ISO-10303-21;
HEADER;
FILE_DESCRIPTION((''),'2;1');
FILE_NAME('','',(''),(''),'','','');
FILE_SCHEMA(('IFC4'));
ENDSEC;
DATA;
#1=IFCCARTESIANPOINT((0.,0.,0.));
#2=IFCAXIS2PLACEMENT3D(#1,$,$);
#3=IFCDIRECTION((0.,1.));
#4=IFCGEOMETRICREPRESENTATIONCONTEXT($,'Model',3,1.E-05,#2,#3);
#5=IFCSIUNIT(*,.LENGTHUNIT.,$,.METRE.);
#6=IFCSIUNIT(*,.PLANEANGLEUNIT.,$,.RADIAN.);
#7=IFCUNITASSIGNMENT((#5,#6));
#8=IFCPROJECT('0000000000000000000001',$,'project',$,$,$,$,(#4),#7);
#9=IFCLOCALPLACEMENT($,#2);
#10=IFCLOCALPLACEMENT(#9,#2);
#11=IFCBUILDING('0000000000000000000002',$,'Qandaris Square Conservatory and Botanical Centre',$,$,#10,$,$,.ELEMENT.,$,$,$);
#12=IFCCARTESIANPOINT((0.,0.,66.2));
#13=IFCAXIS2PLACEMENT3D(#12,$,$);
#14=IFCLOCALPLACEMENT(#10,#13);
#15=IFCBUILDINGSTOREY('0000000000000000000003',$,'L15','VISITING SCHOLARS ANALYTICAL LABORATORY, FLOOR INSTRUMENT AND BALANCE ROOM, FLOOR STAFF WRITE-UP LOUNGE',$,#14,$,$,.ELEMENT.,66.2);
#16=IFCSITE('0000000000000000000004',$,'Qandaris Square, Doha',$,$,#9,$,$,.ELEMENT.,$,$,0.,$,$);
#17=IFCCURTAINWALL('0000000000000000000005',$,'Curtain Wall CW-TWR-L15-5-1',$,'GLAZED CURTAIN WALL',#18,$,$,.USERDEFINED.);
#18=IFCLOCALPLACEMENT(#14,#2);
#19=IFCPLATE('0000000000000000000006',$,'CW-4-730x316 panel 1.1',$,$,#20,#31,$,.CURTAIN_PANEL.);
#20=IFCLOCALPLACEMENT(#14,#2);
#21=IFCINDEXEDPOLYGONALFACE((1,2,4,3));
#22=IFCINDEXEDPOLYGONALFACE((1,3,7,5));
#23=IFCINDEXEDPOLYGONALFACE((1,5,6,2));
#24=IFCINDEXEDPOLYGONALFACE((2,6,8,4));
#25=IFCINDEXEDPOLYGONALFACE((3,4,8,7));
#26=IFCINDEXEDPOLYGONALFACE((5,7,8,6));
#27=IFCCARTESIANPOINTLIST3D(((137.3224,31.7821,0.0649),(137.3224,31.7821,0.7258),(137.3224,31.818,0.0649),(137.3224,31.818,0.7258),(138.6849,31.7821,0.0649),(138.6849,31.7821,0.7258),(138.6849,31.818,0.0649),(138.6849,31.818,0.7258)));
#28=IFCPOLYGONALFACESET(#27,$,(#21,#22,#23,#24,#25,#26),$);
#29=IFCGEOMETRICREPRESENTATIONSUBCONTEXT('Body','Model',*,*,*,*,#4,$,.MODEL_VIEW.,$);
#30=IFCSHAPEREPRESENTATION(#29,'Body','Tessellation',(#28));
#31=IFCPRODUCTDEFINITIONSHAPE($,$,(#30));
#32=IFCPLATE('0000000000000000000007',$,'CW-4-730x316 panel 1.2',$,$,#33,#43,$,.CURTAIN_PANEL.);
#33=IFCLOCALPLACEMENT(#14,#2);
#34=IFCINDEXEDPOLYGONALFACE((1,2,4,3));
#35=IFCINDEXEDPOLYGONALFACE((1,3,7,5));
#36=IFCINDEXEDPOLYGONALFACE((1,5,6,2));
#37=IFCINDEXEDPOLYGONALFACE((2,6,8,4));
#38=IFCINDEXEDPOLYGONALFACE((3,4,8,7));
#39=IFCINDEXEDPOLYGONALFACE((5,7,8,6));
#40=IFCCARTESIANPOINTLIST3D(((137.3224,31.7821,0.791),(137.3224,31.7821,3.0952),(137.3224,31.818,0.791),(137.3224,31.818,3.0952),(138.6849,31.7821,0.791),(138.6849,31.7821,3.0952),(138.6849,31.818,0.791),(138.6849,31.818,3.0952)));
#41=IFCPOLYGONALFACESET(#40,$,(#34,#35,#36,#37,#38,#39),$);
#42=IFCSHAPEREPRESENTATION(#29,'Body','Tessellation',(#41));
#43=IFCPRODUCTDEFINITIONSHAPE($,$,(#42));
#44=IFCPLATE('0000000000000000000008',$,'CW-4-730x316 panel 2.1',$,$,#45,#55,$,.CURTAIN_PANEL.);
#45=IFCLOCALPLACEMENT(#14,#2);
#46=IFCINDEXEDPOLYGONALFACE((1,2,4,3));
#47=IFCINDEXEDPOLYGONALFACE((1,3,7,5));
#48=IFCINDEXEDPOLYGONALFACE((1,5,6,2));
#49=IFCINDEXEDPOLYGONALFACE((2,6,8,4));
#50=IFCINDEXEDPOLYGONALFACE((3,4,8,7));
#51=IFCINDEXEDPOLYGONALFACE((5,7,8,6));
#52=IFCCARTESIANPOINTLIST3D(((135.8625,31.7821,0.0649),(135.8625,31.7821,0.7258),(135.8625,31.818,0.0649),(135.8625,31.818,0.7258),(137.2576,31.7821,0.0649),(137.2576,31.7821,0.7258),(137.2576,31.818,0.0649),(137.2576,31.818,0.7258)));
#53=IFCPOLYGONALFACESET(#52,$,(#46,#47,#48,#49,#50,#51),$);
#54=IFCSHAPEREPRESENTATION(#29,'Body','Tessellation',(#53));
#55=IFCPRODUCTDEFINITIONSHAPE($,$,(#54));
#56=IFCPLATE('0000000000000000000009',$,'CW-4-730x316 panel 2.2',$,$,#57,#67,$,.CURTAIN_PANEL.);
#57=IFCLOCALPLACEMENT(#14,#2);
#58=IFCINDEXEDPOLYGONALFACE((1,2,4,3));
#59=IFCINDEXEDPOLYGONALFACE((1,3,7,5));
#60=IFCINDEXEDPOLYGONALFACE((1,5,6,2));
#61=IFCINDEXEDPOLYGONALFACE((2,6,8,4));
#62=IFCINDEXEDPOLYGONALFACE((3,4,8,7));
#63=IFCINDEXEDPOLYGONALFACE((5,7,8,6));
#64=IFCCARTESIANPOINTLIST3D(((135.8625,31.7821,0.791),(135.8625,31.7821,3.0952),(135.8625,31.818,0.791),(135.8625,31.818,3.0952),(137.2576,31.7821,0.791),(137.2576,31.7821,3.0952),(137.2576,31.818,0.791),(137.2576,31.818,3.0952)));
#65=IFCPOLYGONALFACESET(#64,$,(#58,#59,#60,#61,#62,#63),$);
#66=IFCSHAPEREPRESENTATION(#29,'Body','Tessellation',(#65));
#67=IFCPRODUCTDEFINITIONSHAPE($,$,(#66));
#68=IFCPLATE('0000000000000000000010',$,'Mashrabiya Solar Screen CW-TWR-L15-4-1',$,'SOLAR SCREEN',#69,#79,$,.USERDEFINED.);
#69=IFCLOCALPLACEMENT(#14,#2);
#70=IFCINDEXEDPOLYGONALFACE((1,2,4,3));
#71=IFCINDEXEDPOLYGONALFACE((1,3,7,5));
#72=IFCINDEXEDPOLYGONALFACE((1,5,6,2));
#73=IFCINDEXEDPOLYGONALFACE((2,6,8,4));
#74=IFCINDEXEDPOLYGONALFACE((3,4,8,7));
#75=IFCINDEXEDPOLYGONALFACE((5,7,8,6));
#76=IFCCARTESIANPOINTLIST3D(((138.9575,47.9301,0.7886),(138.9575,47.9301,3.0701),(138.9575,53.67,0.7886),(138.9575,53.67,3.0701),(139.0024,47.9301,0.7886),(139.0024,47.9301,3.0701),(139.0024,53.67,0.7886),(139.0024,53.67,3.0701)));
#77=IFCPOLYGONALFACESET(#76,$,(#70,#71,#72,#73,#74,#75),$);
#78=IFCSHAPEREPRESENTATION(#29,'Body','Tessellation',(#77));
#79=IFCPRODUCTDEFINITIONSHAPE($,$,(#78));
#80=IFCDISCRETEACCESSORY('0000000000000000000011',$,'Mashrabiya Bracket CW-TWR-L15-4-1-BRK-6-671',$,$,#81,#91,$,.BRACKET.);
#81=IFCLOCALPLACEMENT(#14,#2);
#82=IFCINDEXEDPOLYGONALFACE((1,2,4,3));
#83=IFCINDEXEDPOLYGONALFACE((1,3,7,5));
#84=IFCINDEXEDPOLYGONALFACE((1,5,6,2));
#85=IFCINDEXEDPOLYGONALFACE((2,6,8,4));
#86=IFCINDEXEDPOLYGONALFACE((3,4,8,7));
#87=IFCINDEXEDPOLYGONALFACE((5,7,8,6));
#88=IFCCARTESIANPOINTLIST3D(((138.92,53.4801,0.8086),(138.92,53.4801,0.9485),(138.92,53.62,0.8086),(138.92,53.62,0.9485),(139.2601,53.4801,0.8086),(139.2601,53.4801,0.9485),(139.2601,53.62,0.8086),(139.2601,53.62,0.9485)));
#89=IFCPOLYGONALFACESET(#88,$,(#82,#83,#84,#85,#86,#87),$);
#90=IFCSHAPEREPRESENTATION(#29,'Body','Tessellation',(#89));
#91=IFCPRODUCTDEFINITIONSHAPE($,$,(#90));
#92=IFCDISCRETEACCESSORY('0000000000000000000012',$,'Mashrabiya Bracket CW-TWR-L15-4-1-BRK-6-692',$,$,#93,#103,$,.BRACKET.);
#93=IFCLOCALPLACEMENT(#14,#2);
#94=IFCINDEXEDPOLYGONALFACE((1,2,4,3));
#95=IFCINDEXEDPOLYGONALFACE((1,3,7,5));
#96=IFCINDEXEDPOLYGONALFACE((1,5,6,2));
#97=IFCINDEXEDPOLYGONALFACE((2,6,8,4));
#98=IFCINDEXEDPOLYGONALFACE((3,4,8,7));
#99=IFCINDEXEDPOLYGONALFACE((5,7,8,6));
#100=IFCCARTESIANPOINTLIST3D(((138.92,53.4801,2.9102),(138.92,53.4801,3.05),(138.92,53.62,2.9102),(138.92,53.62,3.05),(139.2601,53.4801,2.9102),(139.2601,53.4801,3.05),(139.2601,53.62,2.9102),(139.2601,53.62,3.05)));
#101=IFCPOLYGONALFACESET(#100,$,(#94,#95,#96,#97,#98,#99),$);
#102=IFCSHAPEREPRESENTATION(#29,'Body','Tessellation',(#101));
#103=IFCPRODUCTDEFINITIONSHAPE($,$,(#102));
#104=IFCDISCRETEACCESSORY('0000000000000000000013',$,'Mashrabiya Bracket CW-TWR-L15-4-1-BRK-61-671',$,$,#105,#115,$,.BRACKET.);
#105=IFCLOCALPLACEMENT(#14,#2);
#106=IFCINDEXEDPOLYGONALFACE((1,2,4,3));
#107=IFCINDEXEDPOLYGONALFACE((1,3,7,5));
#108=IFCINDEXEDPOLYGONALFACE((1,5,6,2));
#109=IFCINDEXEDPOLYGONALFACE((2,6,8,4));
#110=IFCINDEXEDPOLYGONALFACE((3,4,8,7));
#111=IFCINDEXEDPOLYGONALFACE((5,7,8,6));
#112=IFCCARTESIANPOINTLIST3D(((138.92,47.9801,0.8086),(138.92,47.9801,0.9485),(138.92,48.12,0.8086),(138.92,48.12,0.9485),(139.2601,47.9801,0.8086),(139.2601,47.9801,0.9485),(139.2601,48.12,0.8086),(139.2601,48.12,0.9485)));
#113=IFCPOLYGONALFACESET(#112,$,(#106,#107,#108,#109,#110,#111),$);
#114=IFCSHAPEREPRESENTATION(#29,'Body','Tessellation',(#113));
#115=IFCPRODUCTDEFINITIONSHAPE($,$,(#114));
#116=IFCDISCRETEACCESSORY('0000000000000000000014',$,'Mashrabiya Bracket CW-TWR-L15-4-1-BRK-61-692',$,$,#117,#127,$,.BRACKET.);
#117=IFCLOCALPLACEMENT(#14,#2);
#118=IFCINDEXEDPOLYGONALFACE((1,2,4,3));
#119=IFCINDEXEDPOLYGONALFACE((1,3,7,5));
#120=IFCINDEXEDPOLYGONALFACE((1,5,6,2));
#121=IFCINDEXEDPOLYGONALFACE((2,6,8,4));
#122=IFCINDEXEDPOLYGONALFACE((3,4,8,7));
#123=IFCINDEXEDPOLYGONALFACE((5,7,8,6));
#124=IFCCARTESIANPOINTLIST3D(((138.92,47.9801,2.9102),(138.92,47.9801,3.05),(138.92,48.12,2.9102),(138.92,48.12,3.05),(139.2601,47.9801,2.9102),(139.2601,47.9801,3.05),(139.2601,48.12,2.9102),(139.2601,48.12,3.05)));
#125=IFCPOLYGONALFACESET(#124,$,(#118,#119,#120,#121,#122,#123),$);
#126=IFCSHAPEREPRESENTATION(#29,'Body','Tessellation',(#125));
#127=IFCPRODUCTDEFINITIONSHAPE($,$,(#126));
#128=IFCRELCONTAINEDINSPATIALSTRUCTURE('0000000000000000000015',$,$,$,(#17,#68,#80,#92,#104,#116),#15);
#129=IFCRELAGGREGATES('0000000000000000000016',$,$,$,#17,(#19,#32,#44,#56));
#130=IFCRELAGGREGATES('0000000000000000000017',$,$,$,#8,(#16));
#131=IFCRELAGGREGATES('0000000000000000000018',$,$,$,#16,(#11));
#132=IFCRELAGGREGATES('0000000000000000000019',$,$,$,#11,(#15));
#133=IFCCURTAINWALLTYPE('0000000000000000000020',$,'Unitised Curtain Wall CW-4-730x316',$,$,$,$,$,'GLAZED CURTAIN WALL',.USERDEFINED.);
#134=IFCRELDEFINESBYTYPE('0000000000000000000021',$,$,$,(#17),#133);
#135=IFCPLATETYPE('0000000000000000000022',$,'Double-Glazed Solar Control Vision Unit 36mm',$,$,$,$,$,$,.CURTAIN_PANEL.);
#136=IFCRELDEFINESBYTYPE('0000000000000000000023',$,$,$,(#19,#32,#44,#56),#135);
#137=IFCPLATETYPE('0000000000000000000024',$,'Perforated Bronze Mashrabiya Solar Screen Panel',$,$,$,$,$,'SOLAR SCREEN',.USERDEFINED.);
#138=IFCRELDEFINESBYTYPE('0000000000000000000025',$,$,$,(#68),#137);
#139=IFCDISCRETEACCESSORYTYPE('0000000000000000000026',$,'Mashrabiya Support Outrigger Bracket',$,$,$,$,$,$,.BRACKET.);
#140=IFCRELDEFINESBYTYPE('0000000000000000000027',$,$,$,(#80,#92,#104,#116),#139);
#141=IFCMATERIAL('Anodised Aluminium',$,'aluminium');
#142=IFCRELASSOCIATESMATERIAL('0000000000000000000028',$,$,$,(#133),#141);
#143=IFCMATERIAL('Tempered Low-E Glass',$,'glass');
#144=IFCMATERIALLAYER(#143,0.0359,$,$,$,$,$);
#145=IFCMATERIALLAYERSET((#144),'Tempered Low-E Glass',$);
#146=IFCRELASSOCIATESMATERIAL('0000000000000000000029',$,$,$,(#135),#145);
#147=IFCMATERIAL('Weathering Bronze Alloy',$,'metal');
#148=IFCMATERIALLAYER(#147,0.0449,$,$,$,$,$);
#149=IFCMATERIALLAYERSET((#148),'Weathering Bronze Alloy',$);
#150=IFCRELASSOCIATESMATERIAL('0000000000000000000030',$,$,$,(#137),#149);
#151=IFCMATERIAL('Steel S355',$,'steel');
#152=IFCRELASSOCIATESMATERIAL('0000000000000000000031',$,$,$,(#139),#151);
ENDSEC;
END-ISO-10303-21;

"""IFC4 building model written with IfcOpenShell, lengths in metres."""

from ifc_helpers import new_model, si_unit, direction, frame, origin, origin_2d, place, context, subcontext, project, spatial, rectangle, extrude, material, layer, layer_set, type_object, element, aggregate, save


model = new_model("IFC4")

# Units and contexts
model_context = context("Model", 3, precision=1e-05, world=origin(), true_north=direction((0.0, 1.0)))
body_context = subcontext(model_context, "Body", "Model", "MODEL_VIEW")
ifc_project = project(units=[si_unit("LENGTHUNIT", "METRE"), si_unit("PLANEANGLEUNIT", "RADIAN")], contexts=[model_context])

# Site, building, storey
site_placement = place(None, origin())
site = spatial("IfcSite", under=ifc_project, at=site_placement, Name="Qandaris Square, Doha", CompositionType="ELEMENT", RefElevation=0.0)
building_placement = place(site_placement, origin())
building = spatial("IfcBuilding", under=site, at=building_placement, Name="Qandaris Square Conservatory and Botanical Centre", CompositionType="ELEMENT")
storey_placement = place(building_placement, frame((0.0, 0.0, 66.2)))
storey = spatial("IfcBuildingStorey", under=building, at=storey_placement, Name="L15", Description="VISITING SCHOLARS ANALYTICAL LABORATORY, FLOOR INSTRUMENT AND BALANCE ROOM, FLOOR STAFF WRITE-UP LOUNGE", CompositionType="ELEMENT", Elevation=66.2)

# Curtain wall, plates
ifc_material_1 = material(Name="Anodised Aluminium", Category="aluminium")
curtain_wall_type = type_object("IfcCurtainWallType", Name="Unitised Curtain Wall CW-4-730x316", ElementType="GLAZED CURTAIN WALL", PredefinedType="USERDEFINED", material=ifc_material_1)
curtain_wall_placement = place(storey_placement, origin())
curtain_wall = element("IfcCurtainWall", 1, at=curtain_wall_placement, inside=storey, type_object=curtain_wall_type, Name="Curtain Wall CW-TWR-L15-5-1", ObjectType="GLAZED CURTAIN WALL", PredefinedType="USERDEFINED")
ifc_material_2 = material(Name="Tempered Low-E Glass", Category="glass")
ifc_layer_1 = layer(ifc_material_2, 0.0359)
ifc_layer_set_1 = layer_set([ifc_layer_1], Name="Tempered Low-E Glass")
plate_type_1 = type_object("IfcPlateType", Name="Double-Glazed Solar Control Vision Unit 36mm", PredefinedType="CURTAIN_PANEL", material=ifc_layer_set_1)
plate_1_placement = place(storey_placement, frame((138.0037, 31.8, 0.0649), z_axis=(0.0, 0.0, 1.0), x_axis=(-1.0, 0.0, 0.0)))
plate_1 = element("IfcPlate", 2, at=plate_1_placement, type_object=plate_type_1, Name="CW-4-730x316 panel 1.1", PredefinedType="CURTAIN_PANEL", context=body_context, shape_type="SweptSolid", body=[
    extrude(rectangle(XDim=1.3625, YDim=0.0359, at=origin_2d()), origin(), (0.0, 0.0, 1.0), 0.6609),
])
plate_2_placement = place(storey_placement, frame((138.0037, 31.8, 0.791), z_axis=(0.0, 0.0, 1.0), x_axis=(-1.0, 0.0, 0.0)))
plate_2 = element("IfcPlate", 3, at=plate_2_placement, type_object=plate_type_1, Name="CW-4-730x316 panel 1.2", PredefinedType="CURTAIN_PANEL", context=body_context, shape_type="SweptSolid", body=[
    extrude(rectangle(XDim=1.3625, YDim=0.0359, at=origin_2d()), origin(), (0.0, 0.0, 1.0), 2.3042),
])
plate_3_placement = place(storey_placement, frame((136.5601, 31.8, 0.0649), z_axis=(0.0, 0.0, 1.0), x_axis=(-1.0, 0.0, 0.0)))
plate_3 = element("IfcPlate", 4, at=plate_3_placement, type_object=plate_type_1, Name="CW-4-730x316 panel 2.1", PredefinedType="CURTAIN_PANEL", context=body_context, shape_type="SweptSolid", body=[
    extrude(rectangle(XDim=1.395, YDim=0.0359, at=origin_2d()), origin(), (0.0, 0.0, 1.0), 0.6609),
])
plate_4_placement = place(storey_placement, frame((136.5601, 31.8, 0.791), z_axis=(0.0, 0.0, 1.0), x_axis=(-1.0, 0.0, 0.0)))
plate_4 = element("IfcPlate", 5, at=plate_4_placement, type_object=plate_type_1, Name="CW-4-730x316 panel 2.2", PredefinedType="CURTAIN_PANEL", context=body_context, shape_type="SweptSolid", body=[
    extrude(rectangle(XDim=1.395, YDim=0.0359, at=origin_2d()), origin(), (0.0, 0.0, 1.0), 2.3042),
])
aggregate(curtain_wall, [plate_1, plate_2, plate_3, plate_4])

# Plate
ifc_material_3 = material(Name="Weathering Bronze Alloy", Category="metal")
ifc_layer_2 = layer(ifc_material_3, 0.0449)
ifc_layer_set_2 = layer_set([ifc_layer_2], Name="Weathering Bronze Alloy")
plate_type_2 = type_object("IfcPlateType", Name="Perforated Bronze Mashrabiya Solar Screen Panel", ElementType="SOLAR SCREEN", PredefinedType="USERDEFINED", material=ifc_layer_set_2)
plate_5_placement = place(storey_placement, frame((138.98, 50.8, 0.7886), z_axis=(0.0, 0.0, 1.0), x_axis=(0.0, -1.0, 0.0)))
element("IfcPlate", 6, at=plate_5_placement, inside=storey, type_object=plate_type_2, Name="Mashrabiya Solar Screen CW-TWR-L15-4-1", ObjectType="SOLAR SCREEN", PredefinedType="USERDEFINED", context=body_context, shape_type="SweptSolid", body=[
    extrude(rectangle(XDim=5.74, YDim=0.0449, at=origin_2d()), origin(), (0.0, 0.0, 1.0), 2.2815),
])

# Discrete accessories
ifc_material_4 = material(Name="Steel S355", Category="steel")
discrete_accessory_type = type_object("IfcDiscreteAccessoryType", Name="Mashrabiya Support Outrigger Bracket", PredefinedType="BRACKET", material=ifc_material_4)
for number, where, z_axis, x_axis, name in (
    (7, (139.0901, 53.55, 0.8086), (0.0, 0.0, 1.0), (0.0, -1.0, 0.0), "Mashrabiya Bracket CW-TWR-L15-4-1-BRK-6-671"),
    (8, (139.0901, 53.55, 2.9102), (0.0, 0.0, 1.0), (0.0, -1.0, 0.0), "Mashrabiya Bracket CW-TWR-L15-4-1-BRK-6-692"),
    (9, (139.0901, 48.05, 0.8086), (0.0, 0.0, 1.0), (0.0, -1.0, 0.0), "Mashrabiya Bracket CW-TWR-L15-4-1-BRK-61-671"),
    (10, (139.0901, 48.05, 2.9102), (0.0, 0.0, 1.0), (0.0, -1.0, 0.0), "Mashrabiya Bracket CW-TWR-L15-4-1-BRK-61-692"),
):
    element("IfcDiscreteAccessory", number, at=place(storey_placement, frame(where, z_axis=z_axis, x_axis=x_axis)), inside=storey, type_object=discrete_accessory_type, Name=name, PredefinedType="BRACKET", context=body_context, shape_type="SweptSolid", body=[
        extrude(rectangle(XDim=0.1399, YDim=0.3401, at=origin_2d()), origin(), (0.0, 0.0, 1.0), 0.1399),
    ])

save(model, "model.ifc")
